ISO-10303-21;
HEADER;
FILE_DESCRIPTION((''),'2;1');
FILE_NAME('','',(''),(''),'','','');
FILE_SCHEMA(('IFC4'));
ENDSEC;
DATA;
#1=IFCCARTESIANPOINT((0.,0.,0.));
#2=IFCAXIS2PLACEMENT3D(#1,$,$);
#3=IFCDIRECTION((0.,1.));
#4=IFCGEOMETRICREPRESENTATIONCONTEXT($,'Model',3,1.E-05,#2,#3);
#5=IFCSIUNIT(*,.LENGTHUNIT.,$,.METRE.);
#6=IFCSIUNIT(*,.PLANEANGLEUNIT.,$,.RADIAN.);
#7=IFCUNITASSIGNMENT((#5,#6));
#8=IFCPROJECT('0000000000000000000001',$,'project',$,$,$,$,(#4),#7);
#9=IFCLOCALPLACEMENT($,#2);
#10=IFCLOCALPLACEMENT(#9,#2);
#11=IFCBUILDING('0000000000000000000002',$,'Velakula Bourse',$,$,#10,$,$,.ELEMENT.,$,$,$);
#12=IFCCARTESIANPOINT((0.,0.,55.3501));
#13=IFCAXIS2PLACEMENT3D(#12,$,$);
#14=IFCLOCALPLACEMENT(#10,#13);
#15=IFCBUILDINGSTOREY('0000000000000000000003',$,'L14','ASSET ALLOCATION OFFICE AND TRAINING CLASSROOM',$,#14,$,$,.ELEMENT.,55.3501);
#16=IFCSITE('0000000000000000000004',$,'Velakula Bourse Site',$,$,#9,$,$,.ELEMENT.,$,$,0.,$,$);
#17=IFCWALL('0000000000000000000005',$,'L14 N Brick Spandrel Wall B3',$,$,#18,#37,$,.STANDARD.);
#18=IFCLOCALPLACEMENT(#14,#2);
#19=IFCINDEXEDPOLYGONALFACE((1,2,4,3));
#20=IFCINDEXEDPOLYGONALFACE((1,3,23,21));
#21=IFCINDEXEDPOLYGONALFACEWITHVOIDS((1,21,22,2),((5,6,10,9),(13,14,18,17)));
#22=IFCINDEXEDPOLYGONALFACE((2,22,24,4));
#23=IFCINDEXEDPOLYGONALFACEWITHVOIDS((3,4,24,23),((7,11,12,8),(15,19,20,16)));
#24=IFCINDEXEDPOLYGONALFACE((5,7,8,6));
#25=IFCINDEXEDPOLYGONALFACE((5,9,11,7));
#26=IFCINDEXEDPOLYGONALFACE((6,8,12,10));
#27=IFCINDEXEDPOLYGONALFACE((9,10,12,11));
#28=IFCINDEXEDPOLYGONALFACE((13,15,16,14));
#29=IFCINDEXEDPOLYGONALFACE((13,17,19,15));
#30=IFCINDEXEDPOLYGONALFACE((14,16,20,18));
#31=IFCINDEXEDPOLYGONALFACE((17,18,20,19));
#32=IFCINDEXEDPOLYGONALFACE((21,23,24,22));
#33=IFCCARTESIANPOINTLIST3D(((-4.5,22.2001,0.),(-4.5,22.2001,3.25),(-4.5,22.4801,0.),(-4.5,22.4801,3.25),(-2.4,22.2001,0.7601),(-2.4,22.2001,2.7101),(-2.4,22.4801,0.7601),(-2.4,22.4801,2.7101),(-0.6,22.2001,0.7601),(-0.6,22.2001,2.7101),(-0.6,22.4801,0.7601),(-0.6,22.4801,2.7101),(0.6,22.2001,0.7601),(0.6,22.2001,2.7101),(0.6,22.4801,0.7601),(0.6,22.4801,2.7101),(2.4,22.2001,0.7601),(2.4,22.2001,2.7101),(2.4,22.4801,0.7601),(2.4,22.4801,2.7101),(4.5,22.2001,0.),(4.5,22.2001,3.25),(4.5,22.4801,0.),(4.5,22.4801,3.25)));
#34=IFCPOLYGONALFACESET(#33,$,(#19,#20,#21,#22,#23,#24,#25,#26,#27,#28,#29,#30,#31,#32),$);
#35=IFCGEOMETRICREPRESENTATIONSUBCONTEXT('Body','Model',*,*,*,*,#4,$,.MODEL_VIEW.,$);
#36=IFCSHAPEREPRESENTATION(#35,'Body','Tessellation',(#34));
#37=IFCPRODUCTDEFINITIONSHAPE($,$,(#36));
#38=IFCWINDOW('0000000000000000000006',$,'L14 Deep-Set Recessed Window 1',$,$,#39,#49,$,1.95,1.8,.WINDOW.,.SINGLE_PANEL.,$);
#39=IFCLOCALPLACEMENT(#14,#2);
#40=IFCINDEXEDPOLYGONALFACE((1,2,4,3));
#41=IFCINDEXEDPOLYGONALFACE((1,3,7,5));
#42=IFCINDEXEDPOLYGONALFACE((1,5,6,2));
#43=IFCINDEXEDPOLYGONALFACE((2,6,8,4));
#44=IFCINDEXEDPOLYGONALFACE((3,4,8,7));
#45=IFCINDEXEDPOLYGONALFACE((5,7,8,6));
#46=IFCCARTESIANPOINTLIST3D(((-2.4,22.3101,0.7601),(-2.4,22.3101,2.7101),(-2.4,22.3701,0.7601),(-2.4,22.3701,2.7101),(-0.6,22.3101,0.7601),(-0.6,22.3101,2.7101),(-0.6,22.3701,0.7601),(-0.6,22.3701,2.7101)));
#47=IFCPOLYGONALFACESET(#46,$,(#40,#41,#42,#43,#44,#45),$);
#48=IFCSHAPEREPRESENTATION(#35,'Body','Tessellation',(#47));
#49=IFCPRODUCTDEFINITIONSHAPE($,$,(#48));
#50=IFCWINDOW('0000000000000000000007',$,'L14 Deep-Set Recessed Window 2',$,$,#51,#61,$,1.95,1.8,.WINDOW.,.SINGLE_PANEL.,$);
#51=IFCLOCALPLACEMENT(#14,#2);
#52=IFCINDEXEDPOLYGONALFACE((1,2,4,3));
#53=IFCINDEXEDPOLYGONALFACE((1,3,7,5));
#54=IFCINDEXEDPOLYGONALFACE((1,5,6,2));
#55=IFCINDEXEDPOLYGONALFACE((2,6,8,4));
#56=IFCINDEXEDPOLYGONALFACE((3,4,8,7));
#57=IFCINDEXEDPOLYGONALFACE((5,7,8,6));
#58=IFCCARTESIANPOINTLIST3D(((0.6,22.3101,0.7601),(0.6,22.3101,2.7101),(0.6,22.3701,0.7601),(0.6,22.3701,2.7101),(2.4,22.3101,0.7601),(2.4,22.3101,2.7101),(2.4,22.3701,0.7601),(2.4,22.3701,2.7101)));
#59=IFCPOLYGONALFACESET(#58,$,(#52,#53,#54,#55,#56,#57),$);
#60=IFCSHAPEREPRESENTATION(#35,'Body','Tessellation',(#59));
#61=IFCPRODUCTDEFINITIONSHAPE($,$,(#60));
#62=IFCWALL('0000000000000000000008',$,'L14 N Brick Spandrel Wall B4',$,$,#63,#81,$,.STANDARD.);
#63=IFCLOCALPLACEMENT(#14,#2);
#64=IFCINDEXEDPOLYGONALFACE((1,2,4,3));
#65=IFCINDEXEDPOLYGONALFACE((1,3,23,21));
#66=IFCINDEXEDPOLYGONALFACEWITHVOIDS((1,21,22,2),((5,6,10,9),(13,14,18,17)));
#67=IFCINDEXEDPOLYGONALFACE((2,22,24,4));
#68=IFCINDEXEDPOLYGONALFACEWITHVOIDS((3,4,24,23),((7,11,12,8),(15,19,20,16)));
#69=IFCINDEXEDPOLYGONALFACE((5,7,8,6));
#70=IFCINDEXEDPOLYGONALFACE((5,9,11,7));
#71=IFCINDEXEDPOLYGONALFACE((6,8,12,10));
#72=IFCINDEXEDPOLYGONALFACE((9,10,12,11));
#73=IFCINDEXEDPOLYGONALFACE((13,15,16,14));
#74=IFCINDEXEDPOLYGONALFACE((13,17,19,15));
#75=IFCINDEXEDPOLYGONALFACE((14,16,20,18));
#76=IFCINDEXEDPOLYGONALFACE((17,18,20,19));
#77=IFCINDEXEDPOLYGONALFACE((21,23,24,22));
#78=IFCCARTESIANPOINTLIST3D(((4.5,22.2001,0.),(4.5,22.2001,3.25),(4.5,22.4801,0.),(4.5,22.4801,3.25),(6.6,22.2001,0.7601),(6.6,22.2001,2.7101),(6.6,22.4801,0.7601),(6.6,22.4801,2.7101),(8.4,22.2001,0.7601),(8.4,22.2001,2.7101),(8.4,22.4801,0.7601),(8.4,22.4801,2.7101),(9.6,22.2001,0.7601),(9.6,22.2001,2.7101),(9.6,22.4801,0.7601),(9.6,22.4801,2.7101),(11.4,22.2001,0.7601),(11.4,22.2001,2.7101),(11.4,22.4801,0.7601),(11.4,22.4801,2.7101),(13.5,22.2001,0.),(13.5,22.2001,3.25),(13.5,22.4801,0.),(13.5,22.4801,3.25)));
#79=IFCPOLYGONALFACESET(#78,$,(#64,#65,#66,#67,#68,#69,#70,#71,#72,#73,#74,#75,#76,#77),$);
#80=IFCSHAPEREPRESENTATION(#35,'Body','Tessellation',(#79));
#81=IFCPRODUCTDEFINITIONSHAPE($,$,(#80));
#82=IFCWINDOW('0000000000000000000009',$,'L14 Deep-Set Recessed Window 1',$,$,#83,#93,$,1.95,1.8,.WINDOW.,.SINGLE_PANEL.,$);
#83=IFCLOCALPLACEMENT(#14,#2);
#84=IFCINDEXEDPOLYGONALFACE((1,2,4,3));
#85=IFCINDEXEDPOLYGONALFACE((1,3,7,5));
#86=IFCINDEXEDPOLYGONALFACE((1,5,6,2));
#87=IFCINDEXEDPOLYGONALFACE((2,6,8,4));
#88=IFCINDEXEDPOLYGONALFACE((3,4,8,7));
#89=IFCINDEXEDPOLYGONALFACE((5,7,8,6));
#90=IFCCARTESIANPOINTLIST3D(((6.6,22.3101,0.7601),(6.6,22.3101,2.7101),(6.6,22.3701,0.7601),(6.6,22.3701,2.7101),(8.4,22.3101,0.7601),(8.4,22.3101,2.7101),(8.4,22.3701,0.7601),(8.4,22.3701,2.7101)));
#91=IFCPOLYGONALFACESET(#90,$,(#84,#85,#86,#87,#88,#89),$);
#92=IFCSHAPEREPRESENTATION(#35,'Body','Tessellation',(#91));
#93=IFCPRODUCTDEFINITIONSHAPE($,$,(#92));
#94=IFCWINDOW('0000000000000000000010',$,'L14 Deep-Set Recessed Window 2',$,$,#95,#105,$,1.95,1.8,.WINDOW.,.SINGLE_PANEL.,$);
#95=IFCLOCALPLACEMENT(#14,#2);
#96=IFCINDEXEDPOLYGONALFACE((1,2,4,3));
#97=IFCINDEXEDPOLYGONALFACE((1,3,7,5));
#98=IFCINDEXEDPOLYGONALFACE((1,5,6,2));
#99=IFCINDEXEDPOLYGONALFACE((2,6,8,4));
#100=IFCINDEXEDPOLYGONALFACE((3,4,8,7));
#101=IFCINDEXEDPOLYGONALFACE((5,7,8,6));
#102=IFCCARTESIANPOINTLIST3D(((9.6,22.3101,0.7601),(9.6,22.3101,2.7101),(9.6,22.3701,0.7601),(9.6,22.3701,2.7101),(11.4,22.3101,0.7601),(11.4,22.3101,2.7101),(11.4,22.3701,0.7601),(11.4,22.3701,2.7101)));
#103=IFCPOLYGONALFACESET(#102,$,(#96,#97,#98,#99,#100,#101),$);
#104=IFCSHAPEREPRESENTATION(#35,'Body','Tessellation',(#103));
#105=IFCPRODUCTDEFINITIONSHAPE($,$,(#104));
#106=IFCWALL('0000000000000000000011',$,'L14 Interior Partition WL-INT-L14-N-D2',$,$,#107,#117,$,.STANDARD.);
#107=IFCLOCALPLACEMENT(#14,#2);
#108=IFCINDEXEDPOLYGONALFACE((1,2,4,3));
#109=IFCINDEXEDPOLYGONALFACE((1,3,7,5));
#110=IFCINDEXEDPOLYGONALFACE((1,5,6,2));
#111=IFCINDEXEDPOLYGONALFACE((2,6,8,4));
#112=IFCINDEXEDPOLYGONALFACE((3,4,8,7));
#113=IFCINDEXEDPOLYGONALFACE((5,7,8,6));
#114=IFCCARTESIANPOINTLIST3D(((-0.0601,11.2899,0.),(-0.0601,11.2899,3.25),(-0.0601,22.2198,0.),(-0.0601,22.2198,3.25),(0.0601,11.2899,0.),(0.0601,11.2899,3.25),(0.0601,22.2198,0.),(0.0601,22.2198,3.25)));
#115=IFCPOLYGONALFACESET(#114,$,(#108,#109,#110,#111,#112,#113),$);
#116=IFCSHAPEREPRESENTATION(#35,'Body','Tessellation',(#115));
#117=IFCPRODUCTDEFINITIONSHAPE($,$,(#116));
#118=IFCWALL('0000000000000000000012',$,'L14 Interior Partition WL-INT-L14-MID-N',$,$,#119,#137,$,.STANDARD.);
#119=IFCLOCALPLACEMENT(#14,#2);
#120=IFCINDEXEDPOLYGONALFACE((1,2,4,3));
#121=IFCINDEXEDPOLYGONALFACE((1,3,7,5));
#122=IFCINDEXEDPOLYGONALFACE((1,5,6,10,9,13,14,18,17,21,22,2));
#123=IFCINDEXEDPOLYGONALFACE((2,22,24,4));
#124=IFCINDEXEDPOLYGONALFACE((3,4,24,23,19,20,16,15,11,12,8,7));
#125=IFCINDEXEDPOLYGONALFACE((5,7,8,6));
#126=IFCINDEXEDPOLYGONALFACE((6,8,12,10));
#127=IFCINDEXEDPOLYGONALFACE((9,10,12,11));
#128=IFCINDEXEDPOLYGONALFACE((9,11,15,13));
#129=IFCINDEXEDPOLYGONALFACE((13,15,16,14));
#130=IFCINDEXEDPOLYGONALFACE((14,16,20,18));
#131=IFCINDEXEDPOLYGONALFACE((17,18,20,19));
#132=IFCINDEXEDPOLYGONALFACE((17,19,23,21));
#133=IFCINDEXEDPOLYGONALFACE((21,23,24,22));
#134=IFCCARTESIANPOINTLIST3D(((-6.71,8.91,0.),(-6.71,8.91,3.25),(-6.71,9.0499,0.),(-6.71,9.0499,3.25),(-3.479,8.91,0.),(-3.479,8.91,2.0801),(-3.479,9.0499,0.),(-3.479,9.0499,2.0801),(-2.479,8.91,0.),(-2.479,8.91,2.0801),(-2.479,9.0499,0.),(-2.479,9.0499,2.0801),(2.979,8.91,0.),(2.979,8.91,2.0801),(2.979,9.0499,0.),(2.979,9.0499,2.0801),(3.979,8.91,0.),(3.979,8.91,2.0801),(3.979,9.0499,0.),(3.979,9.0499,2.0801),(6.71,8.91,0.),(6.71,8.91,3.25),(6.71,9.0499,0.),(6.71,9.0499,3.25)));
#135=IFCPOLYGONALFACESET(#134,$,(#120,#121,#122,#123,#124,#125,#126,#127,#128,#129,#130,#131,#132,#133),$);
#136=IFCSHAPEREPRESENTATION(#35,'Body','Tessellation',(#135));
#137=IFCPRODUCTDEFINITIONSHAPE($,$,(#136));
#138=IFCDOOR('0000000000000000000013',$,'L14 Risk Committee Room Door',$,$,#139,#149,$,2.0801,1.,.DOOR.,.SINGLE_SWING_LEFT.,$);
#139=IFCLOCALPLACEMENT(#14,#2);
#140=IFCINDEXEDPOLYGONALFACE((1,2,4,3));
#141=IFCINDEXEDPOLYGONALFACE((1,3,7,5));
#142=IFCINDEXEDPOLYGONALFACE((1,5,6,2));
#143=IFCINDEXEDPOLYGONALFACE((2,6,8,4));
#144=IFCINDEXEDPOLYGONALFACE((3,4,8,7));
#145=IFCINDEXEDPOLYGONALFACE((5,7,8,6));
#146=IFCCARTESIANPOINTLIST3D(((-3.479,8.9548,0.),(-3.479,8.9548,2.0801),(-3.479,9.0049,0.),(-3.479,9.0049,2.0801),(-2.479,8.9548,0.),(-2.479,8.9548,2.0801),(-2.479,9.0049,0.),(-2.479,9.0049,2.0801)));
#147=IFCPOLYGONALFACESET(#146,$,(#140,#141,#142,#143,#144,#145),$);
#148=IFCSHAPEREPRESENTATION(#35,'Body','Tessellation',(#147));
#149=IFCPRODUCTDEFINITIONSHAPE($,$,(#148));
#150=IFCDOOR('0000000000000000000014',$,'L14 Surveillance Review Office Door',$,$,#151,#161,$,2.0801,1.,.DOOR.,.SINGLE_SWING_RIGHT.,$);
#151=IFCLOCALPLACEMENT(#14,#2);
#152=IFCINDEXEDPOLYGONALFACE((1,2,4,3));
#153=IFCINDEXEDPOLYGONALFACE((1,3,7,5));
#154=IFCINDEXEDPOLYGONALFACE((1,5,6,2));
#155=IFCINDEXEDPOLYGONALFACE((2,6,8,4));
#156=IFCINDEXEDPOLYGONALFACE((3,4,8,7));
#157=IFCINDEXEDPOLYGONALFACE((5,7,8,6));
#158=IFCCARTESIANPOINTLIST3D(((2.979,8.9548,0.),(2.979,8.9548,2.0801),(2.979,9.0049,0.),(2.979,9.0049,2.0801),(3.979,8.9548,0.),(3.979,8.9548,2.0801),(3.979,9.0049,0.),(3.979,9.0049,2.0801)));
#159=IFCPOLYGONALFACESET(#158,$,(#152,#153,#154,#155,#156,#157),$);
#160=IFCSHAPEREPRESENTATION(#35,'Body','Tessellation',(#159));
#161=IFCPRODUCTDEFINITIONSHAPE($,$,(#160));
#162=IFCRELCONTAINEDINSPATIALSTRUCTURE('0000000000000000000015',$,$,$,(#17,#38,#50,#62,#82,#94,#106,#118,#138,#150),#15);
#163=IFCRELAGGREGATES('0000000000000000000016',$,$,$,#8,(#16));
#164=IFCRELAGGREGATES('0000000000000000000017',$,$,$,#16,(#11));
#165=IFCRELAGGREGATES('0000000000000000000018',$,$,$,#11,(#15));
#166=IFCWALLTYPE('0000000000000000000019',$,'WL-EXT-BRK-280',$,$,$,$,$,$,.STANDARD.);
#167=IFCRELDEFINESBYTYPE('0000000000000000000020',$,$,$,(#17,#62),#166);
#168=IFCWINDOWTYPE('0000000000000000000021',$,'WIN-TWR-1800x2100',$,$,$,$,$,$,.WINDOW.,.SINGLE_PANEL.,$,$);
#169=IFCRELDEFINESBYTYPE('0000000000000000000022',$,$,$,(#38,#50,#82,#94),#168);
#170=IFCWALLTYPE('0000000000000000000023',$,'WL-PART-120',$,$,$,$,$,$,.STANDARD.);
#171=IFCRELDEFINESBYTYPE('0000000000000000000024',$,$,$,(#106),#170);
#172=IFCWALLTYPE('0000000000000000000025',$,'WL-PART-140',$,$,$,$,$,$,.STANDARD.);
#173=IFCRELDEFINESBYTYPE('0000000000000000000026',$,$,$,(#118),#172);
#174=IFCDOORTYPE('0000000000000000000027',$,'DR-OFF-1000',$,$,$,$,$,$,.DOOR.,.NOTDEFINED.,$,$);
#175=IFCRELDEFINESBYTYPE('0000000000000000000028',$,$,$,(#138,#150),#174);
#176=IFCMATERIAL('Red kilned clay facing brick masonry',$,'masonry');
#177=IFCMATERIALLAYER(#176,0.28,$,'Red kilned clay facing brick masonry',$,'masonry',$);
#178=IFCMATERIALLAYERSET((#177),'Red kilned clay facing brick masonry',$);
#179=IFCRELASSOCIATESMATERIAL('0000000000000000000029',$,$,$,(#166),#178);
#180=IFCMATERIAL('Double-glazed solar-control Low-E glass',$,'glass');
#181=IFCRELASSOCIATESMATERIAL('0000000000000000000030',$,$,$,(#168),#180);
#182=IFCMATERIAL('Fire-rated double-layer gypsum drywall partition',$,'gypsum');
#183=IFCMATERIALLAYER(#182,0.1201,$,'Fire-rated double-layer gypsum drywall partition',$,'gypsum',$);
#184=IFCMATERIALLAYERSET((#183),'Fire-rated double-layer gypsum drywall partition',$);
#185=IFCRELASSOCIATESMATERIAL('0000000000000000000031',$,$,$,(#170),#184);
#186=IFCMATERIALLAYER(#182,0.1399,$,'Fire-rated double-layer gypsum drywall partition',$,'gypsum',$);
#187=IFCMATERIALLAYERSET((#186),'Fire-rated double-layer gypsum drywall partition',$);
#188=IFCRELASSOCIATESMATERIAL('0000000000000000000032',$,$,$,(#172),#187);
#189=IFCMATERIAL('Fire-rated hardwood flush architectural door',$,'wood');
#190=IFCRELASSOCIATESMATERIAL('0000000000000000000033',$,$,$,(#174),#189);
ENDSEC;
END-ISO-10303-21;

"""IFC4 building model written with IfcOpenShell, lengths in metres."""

from ifc_helpers import new_model, si_unit, direction, frame, frame_2d, origin, place, context, subcontext, project, spatial, rectangle, extrude, material, layer, layer_set, type_object, element, fill, save


model = new_model("IFC4")

# Units and contexts
model_context = context("Model", 3, precision=1e-05, world=origin(), true_north=direction((0.0, 1.0)))
body_context = subcontext(model_context, "Body", "Model", "MODEL_VIEW")
ifc_project = project(units=[si_unit("LENGTHUNIT", "METRE"), si_unit("PLANEANGLEUNIT", "RADIAN")], contexts=[model_context])

# Site, building, storey
site_placement = place(None, origin())
site = spatial("IfcSite", under=ifc_project, at=site_placement, Name="Velakula Bourse Site", CompositionType="ELEMENT", RefElevation=0.0)
building_placement = place(site_placement, origin())
building = spatial("IfcBuilding", under=site, at=building_placement, Name="Velakula Bourse", CompositionType="ELEMENT")
storey_placement = place(building_placement, frame((0.0, 0.0, 55.3501)))
storey = spatial("IfcBuildingStorey", under=building, at=storey_placement, Name="L14", Description="ASSET ALLOCATION OFFICE AND TRAINING CLASSROOM", CompositionType="ELEMENT", Elevation=55.3501)

# Shared definitions
ifc_material_1 = material(Name="Fire-rated hardwood flush architectural door", Category="wood")

# Walls, openings, windows
ifc_material_2 = material(Name="Red kilned clay facing brick masonry", Category="masonry")
ifc_layer_1 = layer(ifc_material_2, 0.28, Name="Red kilned clay facing brick masonry", Category="masonry")
ifc_layer_set_1 = layer_set([ifc_layer_1], Name="Red kilned clay facing brick masonry")
wall_type_1 = type_object("IfcWallType", Name="WL-EXT-BRK-280", PredefinedType="STANDARD", material=ifc_layer_set_1)
wall_1_placement = place(storey_placement, frame((-4.5, 22.3401, 0.0), z_axis=(0.0, 0.0, 1.0), x_axis=(1.0, 0.0, 0.0)))
wall_1 = element("IfcWall", 1, at=wall_1_placement, inside=storey, type_object=wall_type_1, Name="L14 N Brick Spandrel Wall B3", PredefinedType="STANDARD", context=body_context, shape_type="SweptSolid", body=[
    extrude(rectangle(XDim=9.0, YDim=0.28, at=frame_2d((4.5, 0.0))), origin(), (0.0, 0.0, 1.0), 3.25),
])
opening_1_placement = place(wall_1_placement, frame((2.1001, 0.0, 0.76)))
opening_1 = element("IfcOpeningElement", 2, at=opening_1_placement, cuts=wall_1, PredefinedType="OPENING", context=body_context, shape_type="SweptSolid", body=[
    extrude(rectangle(XDim=1.8, YDim=1.95, at=frame_2d((0.8999, 0.9751))), frame((0.0, 0.1499, 0.0), z_axis=(0.0, -1.0, 0.0), x_axis=(1.0, 0.0, 0.0)), (0.0, 0.0, 1.0), 0.3),
])
opening_2_placement = place(wall_1_placement, frame((5.1001, 0.0, 0.76)))
opening_2 = element("IfcOpeningElement", 3, at=opening_2_placement, cuts=wall_1, PredefinedType="OPENING", context=body_context, shape_type="SweptSolid", body=[
    extrude(rectangle(XDim=1.8, YDim=1.95, at=frame_2d((0.8999, 0.9751))), frame((0.0, 0.1499, 0.0), z_axis=(0.0, -1.0, 0.0), x_axis=(1.0, 0.0, 0.0)), (0.0, 0.0, 1.0), 0.3),
])
ifc_material_3 = material(Name="Double-glazed solar-control Low-E glass", Category="glass")
window_type = type_object("IfcWindowType", Name="WIN-TWR-1800x2100", PartitioningType="SINGLE_PANEL", PredefinedType="WINDOW", material=ifc_material_3)
window_1_placement = place(opening_1_placement, origin())
window_1 = element("IfcWindow", 4, at=window_1_placement, inside=storey, type_object=window_type, Name="L14 Deep-Set Recessed Window 1", OverallHeight=1.95, OverallWidth=1.8, PartitioningType="SINGLE_PANEL", PredefinedType="WINDOW", context=body_context, shape_type="SweptSolid", body=[
    extrude(rectangle(XDim=1.8, YDim=1.95, at=frame_2d((0.8999, 0.9751))), frame((0.0, 0.03, 0.0), z_axis=(0.0, -1.0, 0.0), x_axis=(1.0, 0.0, 0.0)), (0.0, 0.0, 1.0), 0.0601),
])
fill(opening_1, window_1)
window_2_placement = place(opening_2_placement, origin())
window_2 = element("IfcWindow", 5, at=window_2_placement, inside=storey, type_object=window_type, Name="L14 Deep-Set Recessed Window 2", OverallHeight=1.95, OverallWidth=1.8, PartitioningType="SINGLE_PANEL", PredefinedType="WINDOW", context=body_context, shape_type="SweptSolid", body=[
    extrude(rectangle(XDim=1.8, YDim=1.95, at=frame_2d((0.8999, 0.9751))), frame((0.0, 0.03, 0.0), z_axis=(0.0, -1.0, 0.0), x_axis=(1.0, 0.0, 0.0)), (0.0, 0.0, 1.0), 0.0601),
])
fill(opening_2, window_2)
wall_2_placement = place(storey_placement, frame((4.5, 22.3401, 0.0), z_axis=(0.0, 0.0, 1.0), x_axis=(1.0, 0.0, 0.0)))
wall_2 = element("IfcWall", 6, at=wall_2_placement, inside=storey, type_object=wall_type_1, Name="L14 N Brick Spandrel Wall B4", PredefinedType="STANDARD", context=body_context, shape_type="SweptSolid", body=[
    extrude(rectangle(XDim=9.0, YDim=0.28, at=frame_2d((4.5, 0.0))), origin(), (0.0, 0.0, 1.0), 3.25),
])
opening_3_placement = place(wall_2_placement, frame((2.1001, 0.0, 0.76)))
opening_3 = element("IfcOpeningElement", 7, at=opening_3_placement, cuts=wall_2, PredefinedType="OPENING", context=body_context, shape_type="SweptSolid", body=[
    extrude(rectangle(XDim=1.8, YDim=1.95, at=frame_2d((0.8999, 0.9751))), frame((0.0, 0.1499, 0.0), z_axis=(0.0, -1.0, 0.0), x_axis=(1.0, 0.0, 0.0)), (0.0, 0.0, 1.0), 0.3),
])
opening_4_placement = place(wall_2_placement, frame((5.1001, 0.0, 0.76)))
opening_4 = element("IfcOpeningElement", 8, at=opening_4_placement, cuts=wall_2, PredefinedType="OPENING", context=body_context, shape_type="SweptSolid", body=[
    extrude(rectangle(XDim=1.8, YDim=1.95, at=frame_2d((0.8999, 0.9751))), frame((0.0, 0.1499, 0.0), z_axis=(0.0, -1.0, 0.0), x_axis=(1.0, 0.0, 0.0)), (0.0, 0.0, 1.0), 0.3),
])
window_3_placement = place(opening_3_placement, origin())
window_3 = element("IfcWindow", 9, at=window_3_placement, inside=storey, type_object=window_type, Name="L14 Deep-Set Recessed Window 1", OverallHeight=1.95, OverallWidth=1.8, PartitioningType="SINGLE_PANEL", PredefinedType="WINDOW", context=body_context, shape_type="SweptSolid", body=[
    extrude(rectangle(XDim=1.8, YDim=1.95, at=frame_2d((0.8999, 0.9751))), frame((0.0, 0.03, 0.0), z_axis=(0.0, -1.0, 0.0), x_axis=(1.0, 0.0, 0.0)), (0.0, 0.0, 1.0), 0.0601),
])
fill(opening_3, window_3)
window_4_placement = place(opening_4_placement, origin())
window_4 = element("IfcWindow", 10, at=window_4_placement, inside=storey, type_object=window_type, Name="L14 Deep-Set Recessed Window 2", OverallHeight=1.95, OverallWidth=1.8, PartitioningType="SINGLE_PANEL", PredefinedType="WINDOW", context=body_context, shape_type="SweptSolid", body=[
    extrude(rectangle(XDim=1.8, YDim=1.95, at=frame_2d((0.8999, 0.9751))), frame((0.0, 0.03, 0.0), z_axis=(0.0, -1.0, 0.0), x_axis=(1.0, 0.0, 0.0)), (0.0, 0.0, 1.0), 0.0601),
])
fill(opening_4, window_4)

# Wall
ifc_material_4 = material(Name="Fire-rated double-layer gypsum drywall partition", Category="gypsum")
ifc_layer_2 = layer(ifc_material_4, 0.1201, Name="Fire-rated double-layer gypsum drywall partition", Category="gypsum")
ifc_layer_set_2 = layer_set([ifc_layer_2], Name="Fire-rated double-layer gypsum drywall partition")
wall_type_2 = type_object("IfcWallType", Name="WL-PART-120", PredefinedType="STANDARD", material=ifc_layer_set_2)
wall_3_placement = place(storey_placement, frame((0.0, 11.29, 0.0), z_axis=(0.0, 0.0, 1.0), x_axis=(0.0, 1.0, 0.0)))
element("IfcWall", 11, at=wall_3_placement, inside=storey, type_object=wall_type_2, Name="L14 Interior Partition WL-INT-L14-N-D2", PredefinedType="STANDARD", context=body_context, shape_type="SweptSolid", body=[
    extrude(rectangle(XDim=10.9299, YDim=0.1201, at=frame_2d((5.4648, 0.0))), origin(), (0.0, 0.0, 1.0), 3.25),
])

# Wall, openings, doors
ifc_layer_3 = layer(ifc_material_4, 0.1399, Name="Fire-rated double-layer gypsum drywall partition", Category="gypsum")
ifc_layer_set_3 = layer_set([ifc_layer_3], Name="Fire-rated double-layer gypsum drywall partition")
wall_type_3 = type_object("IfcWallType", Name="WL-PART-140", PredefinedType="STANDARD", material=ifc_layer_set_3)
wall_4_placement = place(storey_placement, frame((-6.71, 8.98, 0.0), z_axis=(0.0, 0.0, 1.0), x_axis=(1.0, 0.0, 0.0)))
wall_4 = element("IfcWall", 12, at=wall_4_placement, inside=storey, type_object=wall_type_3, Name="L14 Interior Partition WL-INT-L14-MID-N", PredefinedType="STANDARD", context=body_context, shape_type="SweptSolid", body=[
    extrude(rectangle(XDim=13.4199, YDim=0.1399, at=frame_2d((6.71, 0.0))), origin(), (0.0, 0.0, 1.0), 3.25),
])
opening_5_placement = place(wall_4_placement, frame((3.231, 0.0, 0.0)))
opening_5 = element("IfcOpeningElement", 13, at=opening_5_placement, cuts=wall_4, PredefinedType="OPENING", context=body_context, shape_type="SweptSolid", body=[
    extrude(rectangle(XDim=1.0, YDim=2.0801, at=frame_2d((0.5, 1.04))), frame((0.0, 0.0798, 0.0), z_axis=(0.0, -1.0, 0.0), x_axis=(1.0, 0.0, 0.0)), (0.0, 0.0, 1.0), 0.1599),
])
opening_6_placement = place(wall_4_placement, frame((9.689, 0.0, 0.0)))
opening_6 = element("IfcOpeningElement", 14, at=opening_6_placement, cuts=wall_4, PredefinedType="OPENING", context=body_context, shape_type="SweptSolid", body=[
    extrude(rectangle(XDim=1.0, YDim=2.0801, at=frame_2d((0.5, 1.04))), frame((0.0, 0.0798, 0.0), z_axis=(0.0, -1.0, 0.0), x_axis=(1.0, 0.0, 0.0)), (0.0, 0.0, 1.0), 0.1599),
])
door_type_1 = type_object("IfcDoorType", Name="DR-OFF-1000", OperationType="NOTDEFINED", PredefinedType="DOOR", material=ifc_material_1)
door_1_placement = place(opening_5_placement, origin())
door_1 = element("IfcDoor", 15, at=door_1_placement, inside=storey, type_object=door_type_1, Name="L14 Risk Committee Room Door", OperationType="SINGLE_SWING_LEFT", OverallHeight=2.0801, OverallWidth=1.0, PredefinedType="DOOR", context=body_context, shape_type="SweptSolid", body=[
    extrude(rectangle(XDim=1.0, YDim=2.0801, at=frame_2d((0.5, 1.04))), frame((0.0, 0.0249, 0.0), z_axis=(0.0, -1.0, 0.0), x_axis=(1.0, 0.0, 0.0)), (0.0, 0.0, 1.0), 0.05),
])
fill(opening_5, door_1)
door_2_placement = place(opening_6_placement, origin())
door_2 = element("IfcDoor", 16, at=door_2_placement, inside=storey, type_object=door_type_1, Name="L14 Surveillance Review Office Door", OperationType="SINGLE_SWING_RIGHT", OverallHeight=2.0801, OverallWidth=1.0, PredefinedType="DOOR", context=body_context, shape_type="SweptSolid", body=[
    extrude(rectangle(XDim=1.0, YDim=2.0801, at=frame_2d((0.5, 1.04))), frame((0.0, 0.0249, 0.0), z_axis=(0.0, -1.0, 0.0), x_axis=(1.0, 0.0, 0.0)), (0.0, 0.0, 1.0), 0.05),
])
fill(opening_6, door_2)

save(model, "model.ifc")
